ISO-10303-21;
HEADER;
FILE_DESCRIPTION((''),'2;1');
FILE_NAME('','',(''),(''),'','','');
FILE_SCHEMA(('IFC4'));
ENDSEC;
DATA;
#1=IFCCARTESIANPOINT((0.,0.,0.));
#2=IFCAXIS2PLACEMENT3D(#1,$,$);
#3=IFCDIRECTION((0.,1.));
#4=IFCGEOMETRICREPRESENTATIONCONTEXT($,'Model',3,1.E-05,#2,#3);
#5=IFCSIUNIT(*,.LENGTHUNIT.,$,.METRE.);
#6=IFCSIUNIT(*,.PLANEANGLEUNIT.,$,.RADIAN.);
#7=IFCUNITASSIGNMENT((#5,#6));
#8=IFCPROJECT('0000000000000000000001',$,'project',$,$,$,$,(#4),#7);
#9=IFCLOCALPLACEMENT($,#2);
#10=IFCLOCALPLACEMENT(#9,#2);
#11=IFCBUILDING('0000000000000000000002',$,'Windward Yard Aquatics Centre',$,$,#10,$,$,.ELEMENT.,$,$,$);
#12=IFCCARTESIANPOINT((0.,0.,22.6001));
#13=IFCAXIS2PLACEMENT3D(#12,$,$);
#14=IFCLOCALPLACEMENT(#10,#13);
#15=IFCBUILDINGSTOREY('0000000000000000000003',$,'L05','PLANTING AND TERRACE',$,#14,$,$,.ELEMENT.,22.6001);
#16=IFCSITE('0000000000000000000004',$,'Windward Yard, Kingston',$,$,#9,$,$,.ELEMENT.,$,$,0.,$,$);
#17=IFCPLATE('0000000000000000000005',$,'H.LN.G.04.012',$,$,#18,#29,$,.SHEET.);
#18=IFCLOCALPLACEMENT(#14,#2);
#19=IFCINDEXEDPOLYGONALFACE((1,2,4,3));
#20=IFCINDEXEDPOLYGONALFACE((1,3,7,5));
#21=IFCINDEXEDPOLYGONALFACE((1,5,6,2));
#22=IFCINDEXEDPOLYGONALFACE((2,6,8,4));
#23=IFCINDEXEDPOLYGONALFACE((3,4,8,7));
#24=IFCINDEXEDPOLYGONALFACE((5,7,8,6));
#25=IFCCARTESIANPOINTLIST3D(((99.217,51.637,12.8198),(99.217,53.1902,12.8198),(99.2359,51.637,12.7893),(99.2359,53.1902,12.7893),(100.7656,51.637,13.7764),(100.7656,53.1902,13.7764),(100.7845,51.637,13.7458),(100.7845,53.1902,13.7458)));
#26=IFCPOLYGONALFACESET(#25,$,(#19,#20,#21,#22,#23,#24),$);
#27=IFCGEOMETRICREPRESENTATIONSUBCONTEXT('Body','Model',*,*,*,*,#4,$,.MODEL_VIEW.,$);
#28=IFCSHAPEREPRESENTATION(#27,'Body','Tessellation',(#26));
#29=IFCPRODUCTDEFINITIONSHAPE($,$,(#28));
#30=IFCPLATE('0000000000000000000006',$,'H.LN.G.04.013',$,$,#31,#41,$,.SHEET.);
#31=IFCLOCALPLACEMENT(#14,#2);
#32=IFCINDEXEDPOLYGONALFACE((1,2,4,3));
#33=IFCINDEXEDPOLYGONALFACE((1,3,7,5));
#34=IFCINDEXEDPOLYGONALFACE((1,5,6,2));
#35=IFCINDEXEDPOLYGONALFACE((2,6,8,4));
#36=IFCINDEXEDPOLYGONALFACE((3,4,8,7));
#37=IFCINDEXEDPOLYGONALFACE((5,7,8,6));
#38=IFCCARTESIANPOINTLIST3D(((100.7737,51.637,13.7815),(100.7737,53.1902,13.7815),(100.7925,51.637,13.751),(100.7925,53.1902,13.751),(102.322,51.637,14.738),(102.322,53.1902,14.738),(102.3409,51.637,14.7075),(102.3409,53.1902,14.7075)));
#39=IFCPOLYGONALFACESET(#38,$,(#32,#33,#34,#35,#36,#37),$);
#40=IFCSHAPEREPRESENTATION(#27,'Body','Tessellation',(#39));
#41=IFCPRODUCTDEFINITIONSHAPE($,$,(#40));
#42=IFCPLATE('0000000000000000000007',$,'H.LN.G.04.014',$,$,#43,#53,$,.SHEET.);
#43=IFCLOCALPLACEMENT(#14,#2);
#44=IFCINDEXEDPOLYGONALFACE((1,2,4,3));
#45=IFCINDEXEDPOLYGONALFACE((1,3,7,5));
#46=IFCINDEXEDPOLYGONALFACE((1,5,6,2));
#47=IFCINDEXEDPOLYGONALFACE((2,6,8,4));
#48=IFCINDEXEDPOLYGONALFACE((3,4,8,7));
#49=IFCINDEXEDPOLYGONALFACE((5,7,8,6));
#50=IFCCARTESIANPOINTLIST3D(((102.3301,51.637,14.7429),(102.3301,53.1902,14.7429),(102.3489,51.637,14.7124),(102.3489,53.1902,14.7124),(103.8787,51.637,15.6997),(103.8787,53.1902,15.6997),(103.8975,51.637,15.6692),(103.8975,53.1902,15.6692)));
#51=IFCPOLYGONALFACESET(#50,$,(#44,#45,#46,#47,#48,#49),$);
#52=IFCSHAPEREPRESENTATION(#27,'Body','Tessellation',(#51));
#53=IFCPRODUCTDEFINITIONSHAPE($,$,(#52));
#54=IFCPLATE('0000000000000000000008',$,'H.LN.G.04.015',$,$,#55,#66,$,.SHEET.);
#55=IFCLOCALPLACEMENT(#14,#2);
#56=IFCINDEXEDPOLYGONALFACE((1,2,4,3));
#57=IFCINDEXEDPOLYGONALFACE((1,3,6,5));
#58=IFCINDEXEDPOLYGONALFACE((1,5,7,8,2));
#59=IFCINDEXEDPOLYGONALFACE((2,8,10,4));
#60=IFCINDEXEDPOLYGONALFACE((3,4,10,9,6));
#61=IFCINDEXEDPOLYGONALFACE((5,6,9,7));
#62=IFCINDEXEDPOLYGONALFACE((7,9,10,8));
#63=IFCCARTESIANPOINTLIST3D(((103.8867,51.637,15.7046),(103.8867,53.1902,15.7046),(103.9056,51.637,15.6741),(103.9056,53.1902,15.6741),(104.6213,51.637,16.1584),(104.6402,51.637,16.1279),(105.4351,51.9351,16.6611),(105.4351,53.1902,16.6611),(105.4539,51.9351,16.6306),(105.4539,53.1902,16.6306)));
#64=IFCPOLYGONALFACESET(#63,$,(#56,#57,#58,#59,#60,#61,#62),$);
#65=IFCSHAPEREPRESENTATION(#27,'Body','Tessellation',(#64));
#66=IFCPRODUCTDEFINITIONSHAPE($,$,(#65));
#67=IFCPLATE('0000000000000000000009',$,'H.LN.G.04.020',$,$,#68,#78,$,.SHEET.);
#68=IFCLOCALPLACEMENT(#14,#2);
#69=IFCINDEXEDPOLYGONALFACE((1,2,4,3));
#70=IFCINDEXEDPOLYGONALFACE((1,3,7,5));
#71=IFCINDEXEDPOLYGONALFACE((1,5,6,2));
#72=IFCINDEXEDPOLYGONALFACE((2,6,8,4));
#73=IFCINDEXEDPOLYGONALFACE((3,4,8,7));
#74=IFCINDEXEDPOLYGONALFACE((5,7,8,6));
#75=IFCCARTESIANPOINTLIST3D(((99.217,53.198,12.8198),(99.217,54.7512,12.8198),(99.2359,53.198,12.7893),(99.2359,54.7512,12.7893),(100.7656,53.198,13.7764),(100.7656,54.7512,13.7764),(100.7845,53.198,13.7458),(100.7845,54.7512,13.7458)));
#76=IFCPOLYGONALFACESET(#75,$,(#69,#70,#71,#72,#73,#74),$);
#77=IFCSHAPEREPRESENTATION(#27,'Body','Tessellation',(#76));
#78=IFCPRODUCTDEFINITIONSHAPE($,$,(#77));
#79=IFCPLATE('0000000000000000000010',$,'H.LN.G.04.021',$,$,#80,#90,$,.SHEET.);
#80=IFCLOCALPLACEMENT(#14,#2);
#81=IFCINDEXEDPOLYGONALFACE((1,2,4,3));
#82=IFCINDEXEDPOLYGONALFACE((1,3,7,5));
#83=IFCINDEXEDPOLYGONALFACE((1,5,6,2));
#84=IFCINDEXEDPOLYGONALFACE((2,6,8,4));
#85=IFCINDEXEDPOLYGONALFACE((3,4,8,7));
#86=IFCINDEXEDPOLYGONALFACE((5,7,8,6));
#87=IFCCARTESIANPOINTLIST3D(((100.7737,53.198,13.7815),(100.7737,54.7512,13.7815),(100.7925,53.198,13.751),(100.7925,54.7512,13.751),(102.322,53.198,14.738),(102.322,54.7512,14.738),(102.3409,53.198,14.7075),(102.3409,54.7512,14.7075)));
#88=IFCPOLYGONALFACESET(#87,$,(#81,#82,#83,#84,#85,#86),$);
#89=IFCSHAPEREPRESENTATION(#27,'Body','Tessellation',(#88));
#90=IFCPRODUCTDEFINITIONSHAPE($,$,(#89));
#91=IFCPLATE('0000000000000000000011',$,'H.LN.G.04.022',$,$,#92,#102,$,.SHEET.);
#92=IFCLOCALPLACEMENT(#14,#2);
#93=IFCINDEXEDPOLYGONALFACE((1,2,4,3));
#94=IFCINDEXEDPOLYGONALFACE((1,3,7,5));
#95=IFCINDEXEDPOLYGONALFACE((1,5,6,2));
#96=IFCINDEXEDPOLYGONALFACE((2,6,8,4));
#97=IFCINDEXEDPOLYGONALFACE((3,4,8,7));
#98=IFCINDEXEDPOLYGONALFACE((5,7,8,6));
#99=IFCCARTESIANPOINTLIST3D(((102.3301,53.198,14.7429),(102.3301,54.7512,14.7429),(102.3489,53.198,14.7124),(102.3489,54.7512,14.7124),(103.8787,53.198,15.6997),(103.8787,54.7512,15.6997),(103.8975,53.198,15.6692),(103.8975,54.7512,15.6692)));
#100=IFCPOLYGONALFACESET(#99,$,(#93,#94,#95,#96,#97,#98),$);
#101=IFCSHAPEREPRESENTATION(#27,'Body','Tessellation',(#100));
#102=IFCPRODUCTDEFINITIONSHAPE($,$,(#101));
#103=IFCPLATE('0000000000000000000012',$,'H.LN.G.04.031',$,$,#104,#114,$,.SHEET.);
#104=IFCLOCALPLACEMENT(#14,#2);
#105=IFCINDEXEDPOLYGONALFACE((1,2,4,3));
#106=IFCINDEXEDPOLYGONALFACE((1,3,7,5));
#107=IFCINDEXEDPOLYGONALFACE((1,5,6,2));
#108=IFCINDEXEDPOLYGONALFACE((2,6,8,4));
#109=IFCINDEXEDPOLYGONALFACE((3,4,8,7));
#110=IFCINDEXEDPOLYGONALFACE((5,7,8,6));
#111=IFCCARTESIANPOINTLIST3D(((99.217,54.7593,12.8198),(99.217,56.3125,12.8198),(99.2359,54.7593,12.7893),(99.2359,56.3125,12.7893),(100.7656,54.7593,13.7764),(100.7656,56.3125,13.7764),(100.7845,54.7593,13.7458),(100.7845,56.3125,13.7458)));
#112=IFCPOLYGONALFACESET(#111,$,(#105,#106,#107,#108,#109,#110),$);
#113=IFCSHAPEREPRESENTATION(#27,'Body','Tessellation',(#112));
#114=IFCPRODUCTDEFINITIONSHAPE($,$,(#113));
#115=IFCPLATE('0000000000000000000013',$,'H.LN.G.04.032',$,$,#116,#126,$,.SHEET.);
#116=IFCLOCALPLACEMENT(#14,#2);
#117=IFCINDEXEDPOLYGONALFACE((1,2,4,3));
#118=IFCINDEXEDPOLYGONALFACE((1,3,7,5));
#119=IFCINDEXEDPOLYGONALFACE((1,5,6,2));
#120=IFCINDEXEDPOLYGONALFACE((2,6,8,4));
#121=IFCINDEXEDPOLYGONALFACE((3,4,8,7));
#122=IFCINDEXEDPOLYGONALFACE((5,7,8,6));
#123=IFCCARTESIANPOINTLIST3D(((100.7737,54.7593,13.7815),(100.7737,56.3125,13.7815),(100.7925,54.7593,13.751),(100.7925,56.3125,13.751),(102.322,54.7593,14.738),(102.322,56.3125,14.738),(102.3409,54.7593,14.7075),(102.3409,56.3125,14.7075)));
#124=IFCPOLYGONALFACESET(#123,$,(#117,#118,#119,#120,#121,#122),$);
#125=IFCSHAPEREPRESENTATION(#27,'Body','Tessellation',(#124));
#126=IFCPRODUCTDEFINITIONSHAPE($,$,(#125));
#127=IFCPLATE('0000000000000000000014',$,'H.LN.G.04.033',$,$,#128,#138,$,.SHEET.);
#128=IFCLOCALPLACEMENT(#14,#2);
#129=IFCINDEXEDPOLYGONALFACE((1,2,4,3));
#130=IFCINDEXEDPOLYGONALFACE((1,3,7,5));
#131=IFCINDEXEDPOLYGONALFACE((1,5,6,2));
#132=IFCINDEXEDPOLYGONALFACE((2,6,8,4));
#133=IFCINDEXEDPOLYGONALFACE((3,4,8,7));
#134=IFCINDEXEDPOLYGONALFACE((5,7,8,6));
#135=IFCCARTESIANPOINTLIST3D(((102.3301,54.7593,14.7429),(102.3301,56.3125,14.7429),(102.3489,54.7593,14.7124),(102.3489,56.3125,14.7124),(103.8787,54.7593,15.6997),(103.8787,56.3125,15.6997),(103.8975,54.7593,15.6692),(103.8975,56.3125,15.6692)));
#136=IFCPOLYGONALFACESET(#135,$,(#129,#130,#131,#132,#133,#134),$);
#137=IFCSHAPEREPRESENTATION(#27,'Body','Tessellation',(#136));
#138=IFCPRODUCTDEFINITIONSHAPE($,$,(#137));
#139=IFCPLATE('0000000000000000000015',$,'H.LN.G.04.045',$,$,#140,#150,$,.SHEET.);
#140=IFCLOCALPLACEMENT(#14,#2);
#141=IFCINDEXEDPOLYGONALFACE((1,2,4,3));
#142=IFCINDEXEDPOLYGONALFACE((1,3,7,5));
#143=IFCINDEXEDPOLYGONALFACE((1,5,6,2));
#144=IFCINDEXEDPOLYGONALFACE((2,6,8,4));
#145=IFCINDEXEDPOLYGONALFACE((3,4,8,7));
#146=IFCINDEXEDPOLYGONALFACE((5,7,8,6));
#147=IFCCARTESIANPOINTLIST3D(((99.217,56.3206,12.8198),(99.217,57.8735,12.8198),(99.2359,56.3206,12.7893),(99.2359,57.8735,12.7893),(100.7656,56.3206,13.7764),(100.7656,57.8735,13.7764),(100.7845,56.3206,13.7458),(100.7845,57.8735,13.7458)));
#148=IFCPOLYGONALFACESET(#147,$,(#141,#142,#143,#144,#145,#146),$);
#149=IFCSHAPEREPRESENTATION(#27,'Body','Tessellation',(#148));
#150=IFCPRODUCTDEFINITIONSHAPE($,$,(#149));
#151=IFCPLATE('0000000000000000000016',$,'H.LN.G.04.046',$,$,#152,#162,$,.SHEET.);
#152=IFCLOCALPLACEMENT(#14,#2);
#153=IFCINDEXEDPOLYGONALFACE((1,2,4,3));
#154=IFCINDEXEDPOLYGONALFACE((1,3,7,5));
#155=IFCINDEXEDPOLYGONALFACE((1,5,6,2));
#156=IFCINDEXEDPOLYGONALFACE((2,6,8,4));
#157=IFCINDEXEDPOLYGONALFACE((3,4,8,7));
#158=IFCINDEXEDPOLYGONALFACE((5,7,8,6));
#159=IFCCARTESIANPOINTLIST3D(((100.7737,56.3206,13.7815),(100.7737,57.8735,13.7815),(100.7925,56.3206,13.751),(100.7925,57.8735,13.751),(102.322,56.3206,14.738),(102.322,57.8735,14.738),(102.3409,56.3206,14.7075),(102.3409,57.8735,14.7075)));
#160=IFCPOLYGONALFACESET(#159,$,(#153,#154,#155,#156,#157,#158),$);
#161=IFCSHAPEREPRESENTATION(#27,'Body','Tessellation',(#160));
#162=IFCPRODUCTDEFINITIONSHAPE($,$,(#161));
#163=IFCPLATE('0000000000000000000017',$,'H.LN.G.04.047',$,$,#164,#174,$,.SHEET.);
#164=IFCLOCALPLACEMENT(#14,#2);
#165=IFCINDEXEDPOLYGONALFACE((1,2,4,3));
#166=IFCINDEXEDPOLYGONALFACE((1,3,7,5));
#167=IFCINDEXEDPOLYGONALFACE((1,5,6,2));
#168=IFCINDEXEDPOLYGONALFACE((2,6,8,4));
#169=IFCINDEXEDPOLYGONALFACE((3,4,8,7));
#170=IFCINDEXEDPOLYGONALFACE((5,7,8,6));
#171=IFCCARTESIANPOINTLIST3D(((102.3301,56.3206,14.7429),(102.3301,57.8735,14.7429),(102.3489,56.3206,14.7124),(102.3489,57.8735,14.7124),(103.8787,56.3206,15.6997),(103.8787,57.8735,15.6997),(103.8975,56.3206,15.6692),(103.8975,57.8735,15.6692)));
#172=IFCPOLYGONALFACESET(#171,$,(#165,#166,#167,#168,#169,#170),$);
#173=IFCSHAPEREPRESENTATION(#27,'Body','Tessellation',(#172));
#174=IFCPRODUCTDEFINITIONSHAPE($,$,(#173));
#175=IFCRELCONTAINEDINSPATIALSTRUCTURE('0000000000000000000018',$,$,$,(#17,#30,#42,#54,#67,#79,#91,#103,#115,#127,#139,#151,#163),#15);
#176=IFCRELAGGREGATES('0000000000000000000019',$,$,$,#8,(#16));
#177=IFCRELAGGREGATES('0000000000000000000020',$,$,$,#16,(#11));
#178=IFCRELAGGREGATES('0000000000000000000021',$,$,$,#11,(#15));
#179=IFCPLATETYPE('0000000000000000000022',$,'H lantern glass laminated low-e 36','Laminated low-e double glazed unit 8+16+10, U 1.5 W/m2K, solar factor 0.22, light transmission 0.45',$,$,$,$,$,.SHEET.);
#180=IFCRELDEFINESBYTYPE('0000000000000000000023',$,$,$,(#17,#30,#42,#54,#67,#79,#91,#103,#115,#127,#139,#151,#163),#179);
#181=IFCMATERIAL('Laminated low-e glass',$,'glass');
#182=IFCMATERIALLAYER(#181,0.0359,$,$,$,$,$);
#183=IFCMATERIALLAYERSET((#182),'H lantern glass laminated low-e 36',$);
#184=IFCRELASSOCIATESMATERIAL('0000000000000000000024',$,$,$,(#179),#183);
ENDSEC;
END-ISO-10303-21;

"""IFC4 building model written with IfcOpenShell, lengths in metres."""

from ifc_helpers import new_model, si_unit, direction, frame, origin, place, context, subcontext, project, spatial, polyline, outline, extrude, material, layer, layer_set, type_object, element, save


model = new_model("IFC4")

# Units and contexts
model_context = context("Model", 3, precision=1e-05, world=origin(), true_north=direction((0.0, 1.0)))
body_context = subcontext(model_context, "Body", "Model", "MODEL_VIEW")
ifc_project = project(units=[si_unit("LENGTHUNIT", "METRE"), si_unit("PLANEANGLEUNIT", "RADIAN")], contexts=[model_context])

# Site, building, storey
site_placement = place(None, origin())
site = spatial("IfcSite", under=ifc_project, at=site_placement, Name="Windward Yard, Kingston", CompositionType="ELEMENT", RefElevation=0.0)
building_placement = place(site_placement, origin())
building = spatial("IfcBuilding", under=site, at=building_placement, Name="Windward Yard Aquatics Centre", CompositionType="ELEMENT")
storey_placement = place(building_placement, frame((0.0, 0.0, 22.6001)))
storey = spatial("IfcBuildingStorey", under=building, at=storey_placement, Name="L05", Description="PLANTING AND TERRACE", CompositionType="ELEMENT", Elevation=22.6001)

# Plates
ifc_material_1 = material(Name="Laminated low-e glass", Category="glass")
ifc_layer = layer(ifc_material_1, 0.0359)
ifc_layer_set = layer_set([ifc_layer], Name="H lantern glass laminated low-e 36")
plate_type = type_object("IfcPlateType", Name="H lantern glass laminated low-e 36", Description="Laminated low-e double glazed unit 8+16+10, U 1.5 W/m2K, solar factor 0.22, light transmission 0.45", PredefinedType="SHEET", material=ifc_layer_set)
plate_1_placement = place(storey_placement, frame((99.217, 51.637, 12.8198), z_axis=(-0.525519, 0.0, 0.850782), x_axis=(0.0, 1.0, 0.0)))
element("IfcPlate", 1, at=plate_1_placement, inside=storey, type_object=plate_type, Name="H.LN.G.04.012", PredefinedType="SHEET", context=body_context, shape_type="SweptSolid", body=[
    extrude(outline(polyline([(0.0, 0.0), (1.5532, 0.0), (1.5532, -1.8202), (0.0, -1.8202), (0.0, 0.0)])), origin(), (0.0, 0.0, -1.0), 0.0359),
])
plate_2_placement = place(storey_placement, frame((100.7737, 51.637, 13.7815), z_axis=(-0.525579, 0.0, 0.850745), x_axis=(0.0, 1.0, 0.0)))
element("IfcPlate", 2, at=plate_2_placement, inside=storey, type_object=plate_type, Name="H.LN.G.04.013", PredefinedType="SHEET", context=body_context, shape_type="SweptSolid", body=[
    extrude(outline(polyline([(0.0, 0.0), (1.5532, 0.0), (1.5532, -1.82), (0.0, -1.82), (0.0, 0.0)])), origin(), (0.0, 0.0, -1.0), 0.0359),
])
plate_3_placement = place(storey_placement, frame((102.3301, 51.637, 14.7429), z_axis=(-0.525616, 0.0, 0.850722), x_axis=(0.0, 1.0, 0.0)))
element("IfcPlate", 3, at=plate_3_placement, inside=storey, type_object=plate_type, Name="H.LN.G.04.014", PredefinedType="SHEET", context=body_context, shape_type="SweptSolid", body=[
    extrude(outline(polyline([(0.0, 0.0), (1.5532, 0.0), (1.5532, -1.8203), (0.0, -1.8203), (0.0, 0.0)])), origin(), (0.0, 0.0, -1.0), 0.0359),
])
plate_4_placement = place(storey_placement, frame((103.8867, 51.637, 15.7046), z_axis=(-0.525579, 0.000006, 0.850745), x_axis=(0.000003, 1.0, -0.000005)))
element("IfcPlate", 4, at=plate_4_placement, inside=storey, type_object=plate_type, Name="H.LN.G.04.015", PredefinedType="SHEET", context=body_context, shape_type="SweptSolid", body=[
    extrude(outline(polyline([(0.0, 0.0), (1.5532, 0.0), (1.5532, -1.82), (0.2981, -1.82), (0.0, -0.8635), (0.0, 0.0)])), origin(), (0.0, 0.0, -1.0), 0.0359),
])
plate_5_placement = place(storey_placement, frame((99.217, 53.198, 12.8198), z_axis=(-0.525519, 0.0, 0.850782), x_axis=(0.0, 1.0, 0.0)))
element("IfcPlate", 5, at=plate_5_placement, inside=storey, type_object=plate_type, Name="H.LN.G.04.020", PredefinedType="SHEET", context=body_context, shape_type="SweptSolid", body=[
    extrude(outline(polyline([(0.0, 0.0), (1.5532, 0.0), (1.5532, -1.8202), (0.0, -1.8202), (0.0, 0.0)])), origin(), (0.0, 0.0, -1.0), 0.0359),
])
plate_6_placement = place(storey_placement, frame((100.7737, 53.198, 13.7815), z_axis=(-0.525579, 0.0, 0.850745), x_axis=(0.0, 1.0, 0.0)))
element("IfcPlate", 6, at=plate_6_placement, inside=storey, type_object=plate_type, Name="H.LN.G.04.021", PredefinedType="SHEET", context=body_context, shape_type="SweptSolid", body=[
    extrude(outline(polyline([(0.0, 0.0), (1.5532, 0.0), (1.5532, -1.82), (0.0, -1.82), (0.0, 0.0)])), origin(), (0.0, 0.0, -1.0), 0.0359),
])
plate_7_placement = place(storey_placement, frame((102.3301, 53.198, 14.7429), z_axis=(-0.525616, 0.0, 0.850722), x_axis=(0.0, 1.0, 0.0)))
element("IfcPlate", 7, at=plate_7_placement, inside=storey, type_object=plate_type, Name="H.LN.G.04.022", PredefinedType="SHEET", context=body_context, shape_type="SweptSolid", body=[
    extrude(outline(polyline([(0.0, 0.0), (1.5532, 0.0), (1.5532, -1.8203), (0.0, -1.8203), (0.0, 0.0)])), origin(), (0.0, 0.0, -1.0), 0.0359),
])
plate_8_placement = place(storey_placement, frame((99.217, 54.7593, 12.8198), z_axis=(-0.525519, 0.0, 0.850782), x_axis=(0.0, 1.0, 0.0)))
element("IfcPlate", 8, at=plate_8_placement, inside=storey, type_object=plate_type, Name="H.LN.G.04.031", PredefinedType="SHEET", context=body_context, shape_type="SweptSolid", body=[
    extrude(outline(polyline([(0.0, 0.0), (1.5532, 0.0), (1.5532, -1.8202), (0.0, -1.8202), (0.0, 0.0)])), origin(), (0.0, 0.0, -1.0), 0.0359),
])
plate_9_placement = place(storey_placement, frame((100.7737, 54.7593, 13.7815), z_axis=(-0.525579, 0.0, 0.850745), x_axis=(0.0, 1.0, 0.0)))
element("IfcPlate", 9, at=plate_9_placement, inside=storey, type_object=plate_type, Name="H.LN.G.04.032", PredefinedType="SHEET", context=body_context, shape_type="SweptSolid", body=[
    extrude(outline(polyline([(0.0, 0.0), (1.5532, 0.0), (1.5532, -1.82), (0.0, -1.82), (0.0, 0.0)])), origin(), (0.0, 0.0, -1.0), 0.0359),
])
plate_10_placement = place(storey_placement, frame((102.3301, 54.7593, 14.7429), z_axis=(-0.525616, 0.0, 0.850722), x_axis=(0.0, 1.0, 0.0)))
element("IfcPlate", 10, at=plate_10_placement, inside=storey, type_object=plate_type, Name="H.LN.G.04.033", PredefinedType="SHEET", context=body_context, shape_type="SweptSolid", body=[
    extrude(outline(polyline([(0.0, 0.0), (1.5532, 0.0), (1.5532, -1.8203), (0.0, -1.8203), (0.0, 0.0)])), origin(), (0.0, 0.0, -1.0), 0.0359),
])
plate_11_placement = place(storey_placement, frame((99.217, 56.3206, 12.8198), z_axis=(-0.525519, 0.0, 0.850782), x_axis=(0.0, 1.0, 0.0)))
element("IfcPlate", 11, at=plate_11_placement, inside=storey, type_object=plate_type, Name="H.LN.G.04.045", PredefinedType="SHEET", context=body_context, shape_type="SweptSolid", body=[
    extrude(outline(polyline([(0.0, 0.0), (1.553, 0.0), (1.553, -1.8202), (0.0, -1.8202), (0.0, 0.0)])), origin(), (0.0, 0.0, -1.0), 0.0359),
])
plate_12_placement = place(storey_placement, frame((100.7737, 56.3206, 13.7815), z_axis=(-0.525579, 0.0, 0.850745), x_axis=(0.0, 1.0, 0.0)))
element("IfcPlate", 12, at=plate_12_placement, inside=storey, type_object=plate_type, Name="H.LN.G.04.046", PredefinedType="SHEET", context=body_context, shape_type="SweptSolid", body=[
    extrude(outline(polyline([(0.0, 0.0), (1.553, 0.0), (1.553, -1.82), (0.0, -1.82), (0.0, 0.0)])), origin(), (0.0, 0.0, -1.0), 0.0359),
])
plate_13_placement = place(storey_placement, frame((102.3301, 56.3206, 14.7429), z_axis=(-0.525616, 0.0, 0.850722), x_axis=(0.0, 1.0, 0.0)))
element("IfcPlate", 13, at=plate_13_placement, inside=storey, type_object=plate_type, Name="H.LN.G.04.047", PredefinedType="SHEET", context=body_context, shape_type="SweptSolid", body=[
    extrude(outline(polyline([(0.0, 0.0), (1.553, 0.0), (1.553, -1.8203), (0.0, -1.8203), (0.0, 0.0)])), origin(), (0.0, 0.0, -1.0), 0.0359),
])

save(model, "model.ifc")
